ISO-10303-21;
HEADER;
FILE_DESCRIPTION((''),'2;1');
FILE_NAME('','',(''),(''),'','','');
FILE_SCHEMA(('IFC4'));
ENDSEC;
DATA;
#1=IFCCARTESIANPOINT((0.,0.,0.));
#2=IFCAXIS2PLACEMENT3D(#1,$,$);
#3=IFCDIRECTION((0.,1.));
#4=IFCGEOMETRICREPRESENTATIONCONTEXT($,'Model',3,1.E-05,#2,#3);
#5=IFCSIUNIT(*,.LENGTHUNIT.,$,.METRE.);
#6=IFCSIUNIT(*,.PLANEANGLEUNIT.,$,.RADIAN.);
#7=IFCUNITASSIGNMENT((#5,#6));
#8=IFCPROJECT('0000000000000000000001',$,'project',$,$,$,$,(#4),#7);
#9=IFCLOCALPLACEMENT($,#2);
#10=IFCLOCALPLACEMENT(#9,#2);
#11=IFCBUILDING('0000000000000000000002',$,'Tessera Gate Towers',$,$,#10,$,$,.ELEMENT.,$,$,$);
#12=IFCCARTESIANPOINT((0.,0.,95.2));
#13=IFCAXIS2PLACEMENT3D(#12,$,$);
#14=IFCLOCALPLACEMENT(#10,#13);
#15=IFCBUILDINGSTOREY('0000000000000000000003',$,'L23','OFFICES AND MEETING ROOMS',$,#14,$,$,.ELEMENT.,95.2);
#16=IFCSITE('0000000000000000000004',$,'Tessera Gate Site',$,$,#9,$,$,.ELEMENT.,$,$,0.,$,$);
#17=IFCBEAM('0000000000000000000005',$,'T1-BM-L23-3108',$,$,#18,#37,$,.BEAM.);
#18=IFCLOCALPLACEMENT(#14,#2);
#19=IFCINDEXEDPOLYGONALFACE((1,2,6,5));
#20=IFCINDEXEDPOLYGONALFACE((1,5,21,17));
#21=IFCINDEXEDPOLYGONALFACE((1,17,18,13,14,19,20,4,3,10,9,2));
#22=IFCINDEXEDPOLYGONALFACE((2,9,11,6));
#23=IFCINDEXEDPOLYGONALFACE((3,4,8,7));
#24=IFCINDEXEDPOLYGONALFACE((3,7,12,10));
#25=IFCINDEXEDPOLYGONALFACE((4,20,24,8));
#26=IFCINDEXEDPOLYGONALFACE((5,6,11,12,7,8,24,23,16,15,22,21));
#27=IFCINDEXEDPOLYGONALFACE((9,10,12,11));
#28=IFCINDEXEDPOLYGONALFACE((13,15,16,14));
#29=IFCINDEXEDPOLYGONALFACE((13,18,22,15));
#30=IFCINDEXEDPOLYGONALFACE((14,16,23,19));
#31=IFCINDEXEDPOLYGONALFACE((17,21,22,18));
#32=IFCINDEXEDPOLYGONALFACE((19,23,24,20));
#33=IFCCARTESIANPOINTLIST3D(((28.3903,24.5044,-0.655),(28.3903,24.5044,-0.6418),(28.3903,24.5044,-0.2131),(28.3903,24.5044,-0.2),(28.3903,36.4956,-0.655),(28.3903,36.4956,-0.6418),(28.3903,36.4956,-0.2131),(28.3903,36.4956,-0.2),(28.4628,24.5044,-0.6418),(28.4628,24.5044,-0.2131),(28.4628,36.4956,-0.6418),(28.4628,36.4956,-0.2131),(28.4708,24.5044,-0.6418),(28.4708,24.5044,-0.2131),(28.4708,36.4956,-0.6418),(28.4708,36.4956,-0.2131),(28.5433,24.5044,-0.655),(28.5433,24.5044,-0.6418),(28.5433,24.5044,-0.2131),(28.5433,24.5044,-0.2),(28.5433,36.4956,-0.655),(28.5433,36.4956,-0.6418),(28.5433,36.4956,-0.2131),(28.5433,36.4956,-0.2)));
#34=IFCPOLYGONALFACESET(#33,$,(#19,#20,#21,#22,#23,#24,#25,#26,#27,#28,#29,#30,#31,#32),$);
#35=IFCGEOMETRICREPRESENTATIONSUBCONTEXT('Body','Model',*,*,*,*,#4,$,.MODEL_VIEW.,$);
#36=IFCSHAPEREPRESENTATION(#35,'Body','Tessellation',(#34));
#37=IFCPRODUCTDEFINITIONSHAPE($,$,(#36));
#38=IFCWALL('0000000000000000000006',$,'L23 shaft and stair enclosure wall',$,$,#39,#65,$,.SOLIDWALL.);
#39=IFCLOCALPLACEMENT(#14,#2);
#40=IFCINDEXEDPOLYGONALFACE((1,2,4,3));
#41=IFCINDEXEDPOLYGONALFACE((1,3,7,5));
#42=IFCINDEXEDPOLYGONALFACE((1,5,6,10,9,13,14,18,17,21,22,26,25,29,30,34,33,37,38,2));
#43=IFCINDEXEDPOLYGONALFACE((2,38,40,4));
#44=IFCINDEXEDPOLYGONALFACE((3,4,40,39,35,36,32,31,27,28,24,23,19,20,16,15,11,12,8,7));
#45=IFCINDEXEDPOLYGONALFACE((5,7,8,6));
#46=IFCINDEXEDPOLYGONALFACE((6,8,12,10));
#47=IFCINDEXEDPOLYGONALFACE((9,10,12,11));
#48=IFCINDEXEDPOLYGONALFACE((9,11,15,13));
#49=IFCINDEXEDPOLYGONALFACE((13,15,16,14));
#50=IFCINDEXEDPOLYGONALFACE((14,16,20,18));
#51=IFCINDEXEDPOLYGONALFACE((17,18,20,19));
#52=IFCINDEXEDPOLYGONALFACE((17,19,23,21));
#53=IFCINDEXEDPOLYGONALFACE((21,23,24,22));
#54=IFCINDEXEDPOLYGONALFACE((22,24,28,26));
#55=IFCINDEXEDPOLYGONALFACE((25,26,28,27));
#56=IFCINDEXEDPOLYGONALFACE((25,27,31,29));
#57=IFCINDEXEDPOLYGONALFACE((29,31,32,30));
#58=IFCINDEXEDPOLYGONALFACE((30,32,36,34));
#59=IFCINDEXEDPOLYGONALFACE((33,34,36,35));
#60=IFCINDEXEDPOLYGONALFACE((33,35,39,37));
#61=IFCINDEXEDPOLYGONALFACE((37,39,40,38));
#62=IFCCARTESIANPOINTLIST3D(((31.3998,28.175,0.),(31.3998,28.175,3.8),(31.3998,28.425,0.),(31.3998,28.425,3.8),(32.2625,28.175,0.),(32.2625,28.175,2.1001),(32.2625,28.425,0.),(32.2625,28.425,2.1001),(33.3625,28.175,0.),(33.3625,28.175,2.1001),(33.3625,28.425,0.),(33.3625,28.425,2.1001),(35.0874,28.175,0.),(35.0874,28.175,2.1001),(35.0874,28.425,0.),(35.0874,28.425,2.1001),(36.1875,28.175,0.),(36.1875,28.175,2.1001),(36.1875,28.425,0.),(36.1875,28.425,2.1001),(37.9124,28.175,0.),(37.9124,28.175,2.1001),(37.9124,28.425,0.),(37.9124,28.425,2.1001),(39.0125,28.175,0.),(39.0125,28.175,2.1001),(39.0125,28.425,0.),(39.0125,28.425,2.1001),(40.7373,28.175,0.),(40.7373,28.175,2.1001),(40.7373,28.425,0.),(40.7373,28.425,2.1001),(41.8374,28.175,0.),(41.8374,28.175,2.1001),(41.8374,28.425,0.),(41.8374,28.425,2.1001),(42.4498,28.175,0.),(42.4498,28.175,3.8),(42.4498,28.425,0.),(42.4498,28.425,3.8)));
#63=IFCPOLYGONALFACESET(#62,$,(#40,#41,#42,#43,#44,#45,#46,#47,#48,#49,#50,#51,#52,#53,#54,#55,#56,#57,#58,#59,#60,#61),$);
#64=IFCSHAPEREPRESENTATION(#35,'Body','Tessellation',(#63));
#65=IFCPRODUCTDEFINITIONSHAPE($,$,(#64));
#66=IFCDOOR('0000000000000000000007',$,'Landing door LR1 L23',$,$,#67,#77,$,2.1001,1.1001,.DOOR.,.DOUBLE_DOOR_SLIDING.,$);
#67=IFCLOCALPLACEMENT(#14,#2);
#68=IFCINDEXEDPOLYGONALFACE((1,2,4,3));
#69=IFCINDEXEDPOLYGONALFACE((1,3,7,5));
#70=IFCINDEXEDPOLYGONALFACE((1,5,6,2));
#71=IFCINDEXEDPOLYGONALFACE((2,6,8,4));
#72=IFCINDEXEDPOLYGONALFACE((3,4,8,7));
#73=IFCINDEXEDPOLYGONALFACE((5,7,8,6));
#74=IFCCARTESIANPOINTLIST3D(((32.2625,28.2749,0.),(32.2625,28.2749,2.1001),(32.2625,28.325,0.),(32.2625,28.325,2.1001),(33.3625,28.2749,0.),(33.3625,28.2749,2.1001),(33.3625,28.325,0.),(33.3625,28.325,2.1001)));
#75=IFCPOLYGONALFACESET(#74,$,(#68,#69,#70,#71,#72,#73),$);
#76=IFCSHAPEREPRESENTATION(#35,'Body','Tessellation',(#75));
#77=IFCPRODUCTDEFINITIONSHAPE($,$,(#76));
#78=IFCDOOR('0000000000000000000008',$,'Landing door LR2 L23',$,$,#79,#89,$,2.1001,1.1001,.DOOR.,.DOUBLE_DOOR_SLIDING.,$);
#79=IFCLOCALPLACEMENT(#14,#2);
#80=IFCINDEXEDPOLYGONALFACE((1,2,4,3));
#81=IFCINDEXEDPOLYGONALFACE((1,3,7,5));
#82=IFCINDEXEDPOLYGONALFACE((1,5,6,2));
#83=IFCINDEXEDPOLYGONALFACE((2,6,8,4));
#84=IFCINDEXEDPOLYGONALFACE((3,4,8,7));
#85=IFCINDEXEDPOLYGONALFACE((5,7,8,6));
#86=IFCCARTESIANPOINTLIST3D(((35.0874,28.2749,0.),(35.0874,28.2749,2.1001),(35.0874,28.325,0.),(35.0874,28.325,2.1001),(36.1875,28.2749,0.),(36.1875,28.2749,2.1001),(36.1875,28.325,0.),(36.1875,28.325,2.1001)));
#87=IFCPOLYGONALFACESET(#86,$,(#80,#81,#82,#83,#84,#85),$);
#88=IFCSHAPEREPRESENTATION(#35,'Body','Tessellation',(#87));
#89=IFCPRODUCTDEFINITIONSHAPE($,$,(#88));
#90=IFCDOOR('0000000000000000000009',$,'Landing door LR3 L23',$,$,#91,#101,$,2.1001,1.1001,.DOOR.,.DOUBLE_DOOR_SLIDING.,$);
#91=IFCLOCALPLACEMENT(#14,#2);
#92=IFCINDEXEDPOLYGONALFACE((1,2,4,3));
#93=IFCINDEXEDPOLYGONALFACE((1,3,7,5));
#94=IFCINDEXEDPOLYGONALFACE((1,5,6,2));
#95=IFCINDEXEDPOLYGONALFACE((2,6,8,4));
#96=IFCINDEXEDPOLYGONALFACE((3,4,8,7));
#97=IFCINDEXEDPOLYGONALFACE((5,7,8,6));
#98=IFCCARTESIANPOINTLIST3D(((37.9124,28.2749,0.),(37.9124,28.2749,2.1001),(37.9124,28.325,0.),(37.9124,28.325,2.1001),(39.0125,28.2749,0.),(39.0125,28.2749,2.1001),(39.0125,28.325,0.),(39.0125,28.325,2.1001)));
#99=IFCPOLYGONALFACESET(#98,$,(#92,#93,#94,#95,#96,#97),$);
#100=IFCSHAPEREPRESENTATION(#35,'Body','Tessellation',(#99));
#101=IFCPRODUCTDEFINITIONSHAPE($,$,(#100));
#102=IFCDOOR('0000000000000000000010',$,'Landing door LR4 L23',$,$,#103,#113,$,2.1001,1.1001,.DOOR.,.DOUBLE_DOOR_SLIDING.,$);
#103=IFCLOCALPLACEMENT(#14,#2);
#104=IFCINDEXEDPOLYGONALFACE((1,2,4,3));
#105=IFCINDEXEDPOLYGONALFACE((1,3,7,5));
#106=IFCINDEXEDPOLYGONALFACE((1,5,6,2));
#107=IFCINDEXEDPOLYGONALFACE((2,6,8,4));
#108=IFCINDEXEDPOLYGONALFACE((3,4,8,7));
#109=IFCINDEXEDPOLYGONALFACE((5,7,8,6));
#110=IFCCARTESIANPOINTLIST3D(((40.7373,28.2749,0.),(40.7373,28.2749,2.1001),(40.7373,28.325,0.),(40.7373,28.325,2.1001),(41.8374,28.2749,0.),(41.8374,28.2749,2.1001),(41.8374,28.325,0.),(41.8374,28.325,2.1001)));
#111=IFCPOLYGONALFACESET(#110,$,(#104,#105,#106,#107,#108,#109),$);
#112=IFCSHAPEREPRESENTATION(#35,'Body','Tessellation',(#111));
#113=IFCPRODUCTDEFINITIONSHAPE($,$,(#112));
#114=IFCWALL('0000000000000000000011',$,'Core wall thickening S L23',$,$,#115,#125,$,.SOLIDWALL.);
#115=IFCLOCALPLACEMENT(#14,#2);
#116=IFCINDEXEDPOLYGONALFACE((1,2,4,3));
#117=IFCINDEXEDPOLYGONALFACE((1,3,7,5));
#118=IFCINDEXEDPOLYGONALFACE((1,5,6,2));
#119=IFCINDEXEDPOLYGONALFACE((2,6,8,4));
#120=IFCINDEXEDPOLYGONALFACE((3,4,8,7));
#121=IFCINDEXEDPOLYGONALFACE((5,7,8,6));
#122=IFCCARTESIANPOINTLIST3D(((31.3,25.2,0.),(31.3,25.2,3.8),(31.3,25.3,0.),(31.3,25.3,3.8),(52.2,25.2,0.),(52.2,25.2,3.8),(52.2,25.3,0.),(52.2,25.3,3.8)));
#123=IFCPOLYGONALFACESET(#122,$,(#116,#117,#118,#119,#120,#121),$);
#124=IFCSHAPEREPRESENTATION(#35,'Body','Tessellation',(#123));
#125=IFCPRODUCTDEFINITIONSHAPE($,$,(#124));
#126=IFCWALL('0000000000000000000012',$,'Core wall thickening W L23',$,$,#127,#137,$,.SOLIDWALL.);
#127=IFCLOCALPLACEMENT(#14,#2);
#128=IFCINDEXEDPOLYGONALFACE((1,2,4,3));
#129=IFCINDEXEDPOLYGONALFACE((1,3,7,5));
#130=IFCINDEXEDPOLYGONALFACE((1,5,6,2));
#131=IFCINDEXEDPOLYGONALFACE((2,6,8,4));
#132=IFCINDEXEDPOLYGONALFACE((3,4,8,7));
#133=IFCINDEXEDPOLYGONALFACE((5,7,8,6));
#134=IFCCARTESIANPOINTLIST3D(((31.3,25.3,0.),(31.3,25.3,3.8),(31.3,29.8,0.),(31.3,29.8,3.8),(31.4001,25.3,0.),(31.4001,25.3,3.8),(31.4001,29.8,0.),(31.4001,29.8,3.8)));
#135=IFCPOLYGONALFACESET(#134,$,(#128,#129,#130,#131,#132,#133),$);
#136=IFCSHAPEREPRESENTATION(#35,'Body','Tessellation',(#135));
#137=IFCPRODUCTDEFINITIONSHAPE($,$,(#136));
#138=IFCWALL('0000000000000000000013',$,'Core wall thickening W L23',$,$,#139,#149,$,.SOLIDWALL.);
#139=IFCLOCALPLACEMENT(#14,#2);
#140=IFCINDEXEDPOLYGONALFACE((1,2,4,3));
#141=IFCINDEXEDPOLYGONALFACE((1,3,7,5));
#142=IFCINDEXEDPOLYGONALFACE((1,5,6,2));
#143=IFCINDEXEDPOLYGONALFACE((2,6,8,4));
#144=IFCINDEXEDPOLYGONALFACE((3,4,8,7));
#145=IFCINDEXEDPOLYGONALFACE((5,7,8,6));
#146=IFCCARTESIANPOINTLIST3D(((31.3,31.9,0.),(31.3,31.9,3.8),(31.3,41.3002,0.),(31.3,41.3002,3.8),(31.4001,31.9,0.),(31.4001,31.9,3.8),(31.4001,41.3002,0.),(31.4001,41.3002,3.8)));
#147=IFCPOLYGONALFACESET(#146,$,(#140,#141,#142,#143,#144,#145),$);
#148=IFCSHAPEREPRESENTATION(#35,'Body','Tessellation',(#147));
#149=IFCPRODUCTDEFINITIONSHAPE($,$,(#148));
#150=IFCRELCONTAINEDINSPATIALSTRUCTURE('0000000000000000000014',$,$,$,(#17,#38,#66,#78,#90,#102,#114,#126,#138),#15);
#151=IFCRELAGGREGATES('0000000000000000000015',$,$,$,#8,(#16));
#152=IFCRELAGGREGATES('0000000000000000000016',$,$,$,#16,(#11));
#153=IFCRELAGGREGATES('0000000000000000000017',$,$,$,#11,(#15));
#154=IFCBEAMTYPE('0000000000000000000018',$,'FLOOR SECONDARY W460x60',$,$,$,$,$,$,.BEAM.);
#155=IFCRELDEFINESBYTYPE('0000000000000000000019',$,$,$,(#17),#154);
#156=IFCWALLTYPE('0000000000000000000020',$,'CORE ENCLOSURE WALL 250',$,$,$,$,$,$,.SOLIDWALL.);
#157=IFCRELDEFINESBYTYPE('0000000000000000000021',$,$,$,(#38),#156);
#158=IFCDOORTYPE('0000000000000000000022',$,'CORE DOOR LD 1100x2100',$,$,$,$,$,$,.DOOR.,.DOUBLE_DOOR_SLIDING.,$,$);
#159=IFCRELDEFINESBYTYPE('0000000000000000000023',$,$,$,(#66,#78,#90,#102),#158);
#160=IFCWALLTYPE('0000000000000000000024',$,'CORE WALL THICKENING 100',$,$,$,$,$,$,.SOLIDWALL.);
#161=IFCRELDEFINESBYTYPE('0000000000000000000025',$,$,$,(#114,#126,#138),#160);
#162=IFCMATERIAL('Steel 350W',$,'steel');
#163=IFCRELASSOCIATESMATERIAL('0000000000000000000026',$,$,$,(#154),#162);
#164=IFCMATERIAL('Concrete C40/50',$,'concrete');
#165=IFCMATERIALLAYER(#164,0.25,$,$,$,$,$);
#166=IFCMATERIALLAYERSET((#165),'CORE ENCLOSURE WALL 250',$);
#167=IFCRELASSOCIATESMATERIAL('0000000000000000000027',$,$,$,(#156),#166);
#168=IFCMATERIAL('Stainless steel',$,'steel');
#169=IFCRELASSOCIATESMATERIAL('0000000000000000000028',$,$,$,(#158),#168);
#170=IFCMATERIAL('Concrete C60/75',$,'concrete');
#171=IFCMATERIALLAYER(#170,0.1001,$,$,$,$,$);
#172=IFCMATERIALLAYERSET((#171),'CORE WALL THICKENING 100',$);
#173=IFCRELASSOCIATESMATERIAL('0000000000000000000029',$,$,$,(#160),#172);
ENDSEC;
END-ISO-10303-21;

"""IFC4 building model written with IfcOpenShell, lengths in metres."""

from ifc_helpers import new_model, si_unit, direction, frame, frame_2d, origin, origin_2d, place, context, subcontext, project, spatial, rectangle, i_section, extrude, source, transform, mapped, material, layer, layer_set, material_profile, profile_set, type_object, element, fill, save


model = new_model("IFC4")

# Units and contexts
model_context = context("Model", 3, precision=1e-05, world=origin(), true_north=direction((0.0, 1.0)))
body_context = subcontext(model_context, "Body", "Model", "MODEL_VIEW")
ifc_project = project(units=[si_unit("LENGTHUNIT", "METRE"), si_unit("PLANEANGLEUNIT", "RADIAN")], contexts=[model_context])

# Site, building, storey
site_placement = place(None, origin())
site = spatial("IfcSite", under=ifc_project, at=site_placement, Name="Tessera Gate Site", CompositionType="ELEMENT", RefElevation=0.0)
building_placement = place(site_placement, origin())
building = spatial("IfcBuilding", under=site, at=building_placement, Name="Tessera Gate Towers", CompositionType="ELEMENT")
storey_placement = place(building_placement, frame((0.0, 0.0, 95.2)))
storey = spatial("IfcBuildingStorey", under=building, at=storey_placement, Name="L23", Description="OFFICES AND MEETING ROOMS", CompositionType="ELEMENT", Elevation=95.2)

# Beam
ifc_material_1 = material(Name="Steel 350W", Category="steel")
ifc_material_profile = material_profile(ifc_material_1, i_section(OverallWidth=0.1531, OverallDepth=0.4551, WebThickness=0.0081, FlangeThickness=0.0132, at=origin_2d()), Name="W460x60")
ifc_profile_set = profile_set([ifc_material_profile], Name="Steel 350W")
beam_type = type_object("IfcBeamType", Name="FLOOR SECONDARY W460x60", PredefinedType="BEAM", material=ifc_profile_set)
beam_placement = place(storey_placement, frame((28.4668, 24.5044, -0.4275), z_axis=(0.0, 1.0, 0.0), x_axis=(-1.0, 0.0, 0.0)))
element("IfcBeam", 1, at=beam_placement, inside=storey, type_object=beam_type, Name="T1-BM-L23-3108", PredefinedType="BEAM", context=body_context, shape_type="SweptSolid", body=[
    extrude(i_section(OverallWidth=0.1531, OverallDepth=0.4551, WebThickness=0.0081, FlangeThickness=0.0132, at=origin_2d()), origin(), (0.0, 0.0, 1.0), 11.9912),
])

# Wall, openings, doors
ifc_material_2 = material(Name="Concrete C40/50", Category="concrete")
ifc_layer_1 = layer(ifc_material_2, 0.25)
ifc_layer_set_1 = layer_set([ifc_layer_1], Name="CORE ENCLOSURE WALL 250")
wall_type_1 = type_object("IfcWallType", Name="CORE ENCLOSURE WALL 250", PredefinedType="SOLIDWALL", material=ifc_layer_set_1)
wall_1_placement = place(storey_placement, frame((31.3999, 28.3, 0.0), z_axis=(0.0, 0.0, 1.0), x_axis=(1.0, 0.0, 0.0)))
wall_1 = element("IfcWall", 2, at=wall_1_placement, inside=storey, type_object=wall_type_1, Name="L23 shaft and stair enclosure wall", PredefinedType="SOLIDWALL", context=body_context, shape_type="SweptSolid", body=[
    extrude(rectangle(XDim=11.05, YDim=0.25, at=frame_2d((5.5249, 0.0))), origin(), (0.0, 0.0, 1.0), 3.8),
])
shared_shape_1 = source(origin(), body_context, "Body", "SweptSolid", [
    extrude(rectangle(XDim=1.1001, YDim=2.1001, at=frame_2d((0.55, 1.05))), frame((0.0, 0.135, 0.0), z_axis=(0.0, -1.0, 0.0), x_axis=(1.0, 0.0, 0.0)), (0.0, 0.0, 1.0), 0.27),
])
opening_1_placement = place(wall_1_placement, frame((0.8625, 0.0, 0.0)))
opening_1 = element("IfcOpeningElement", 3, at=opening_1_placement, cuts=wall_1, PredefinedType="OPENING", context=body_context, shape_type="MappedRepresentation", body=[
    mapped(shared_shape_1, transform((0.0, 0.0, 0.0), scale=1.0)),
])
opening_2_placement = place(wall_1_placement, frame((3.6875, 0.0, 0.0)))
opening_2 = element("IfcOpeningElement", 4, at=opening_2_placement, cuts=wall_1, PredefinedType="OPENING", context=body_context, shape_type="MappedRepresentation", body=[
    mapped(shared_shape_1, transform((0.0, 0.0, 0.0), scale=1.0)),
])
opening_3_placement = place(wall_1_placement, frame((6.5125, 0.0, 0.0)))
opening_3 = element("IfcOpeningElement", 5, at=opening_3_placement, cuts=wall_1, PredefinedType="OPENING", context=body_context, shape_type="MappedRepresentation", body=[
    mapped(shared_shape_1, transform((0.0, 0.0, 0.0), scale=1.0)),
])
opening_4_placement = place(wall_1_placement, frame((9.3374, 0.0, 0.0)))
opening_4 = element("IfcOpeningElement", 6, at=opening_4_placement, cuts=wall_1, PredefinedType="OPENING", context=body_context, shape_type="MappedRepresentation", body=[
    mapped(shared_shape_1, transform((0.0, 0.0, 0.0), scale=1.0)),
])
ifc_material_3 = material(Name="Stainless steel", Category="steel")
door_type_1 = type_object("IfcDoorType", Name="CORE DOOR LD 1100x2100", OperationType="DOUBLE_DOOR_SLIDING", PredefinedType="DOOR", material=ifc_material_3)
shared_shape_2 = source(origin(), body_context, "Body", "SweptSolid", [
    extrude(rectangle(XDim=1.1001, YDim=2.1001, at=frame_2d((0.55, 1.05))), frame((0.0, 0.0249, 0.0), z_axis=(0.0, -1.0, 0.0), x_axis=(1.0, 0.0, 0.0)), (0.0, 0.0, 1.0), 0.05),
])
door_1_placement = place(opening_1_placement, origin())
door_1 = element("IfcDoor", 7, at=door_1_placement, inside=storey, type_object=door_type_1, Name="Landing door LR1 L23", OperationType="DOUBLE_DOOR_SLIDING", OverallHeight=2.1001, OverallWidth=1.1001, PredefinedType="DOOR", context=body_context, shape_type="MappedRepresentation", body=[
    mapped(shared_shape_2, transform((0.0, 0.0, 0.0), scale=1.0)),
])
fill(opening_1, door_1)
door_2_placement = place(opening_2_placement, origin())
door_2 = element("IfcDoor", 8, at=door_2_placement, inside=storey, type_object=door_type_1, Name="Landing door LR2 L23", OperationType="DOUBLE_DOOR_SLIDING", OverallHeight=2.1001, OverallWidth=1.1001, PredefinedType="DOOR", context=body_context, shape_type="MappedRepresentation", body=[
    mapped(shared_shape_2, transform((0.0, 0.0, 0.0), scale=1.0)),
])
fill(opening_2, door_2)
door_3_placement = place(opening_3_placement, origin())
door_3 = element("IfcDoor", 9, at=door_3_placement, inside=storey, type_object=door_type_1, Name="Landing door LR3 L23", OperationType="DOUBLE_DOOR_SLIDING", OverallHeight=2.1001, OverallWidth=1.1001, PredefinedType="DOOR", context=body_context, shape_type="MappedRepresentation", body=[
    mapped(shared_shape_2, transform((0.0, 0.0, 0.0), scale=1.0)),
])
fill(opening_3, door_3)
door_4_placement = place(opening_4_placement, origin())
door_4 = element("IfcDoor", 10, at=door_4_placement, inside=storey, type_object=door_type_1, Name="Landing door LR4 L23", OperationType="DOUBLE_DOOR_SLIDING", OverallHeight=2.1001, OverallWidth=1.1001, PredefinedType="DOOR", context=body_context, shape_type="MappedRepresentation", body=[
    mapped(shared_shape_2, transform((0.0, 0.0, 0.0), scale=1.0)),
])
fill(opening_4, door_4)

# Walls
ifc_material_4 = material(Name="Concrete C60/75", Category="concrete")
ifc_layer_2 = layer(ifc_material_4, 0.1001)
ifc_layer_set_2 = layer_set([ifc_layer_2], Name="CORE WALL THICKENING 100")
wall_type_2 = type_object("IfcWallType", Name="CORE WALL THICKENING 100", PredefinedType="SOLIDWALL", material=ifc_layer_set_2)
wall_2_placement = place(storey_placement, frame((31.3, 25.25, 0.0), z_axis=(0.0, 0.0, 1.0), x_axis=(1.0, 0.0, 0.0)))
element("IfcWall", 11, at=wall_2_placement, inside=storey, type_object=wall_type_2, Name="Core wall thickening S L23", PredefinedType="SOLIDWALL", context=body_context, shape_type="SweptSolid", body=[
    extrude(rectangle(XDim=20.8999, YDim=0.1001, at=frame_2d((10.45, 0.0))), origin(), (0.0, 0.0, 1.0), 3.8),
])
wall_3_placement = place(storey_placement, frame((31.3501, 25.3, 0.0), z_axis=(0.0, 0.0, 1.0), x_axis=(0.0, 1.0, 0.0)))
element("IfcWall", 12, at=wall_3_placement, inside=storey, type_object=wall_type_2, Name="Core wall thickening W L23", PredefinedType="SOLIDWALL", context=body_context, shape_type="SweptSolid", body=[
    extrude(rectangle(XDim=4.5, YDim=0.1001, at=frame_2d((2.25, 0.0))), origin(), (0.0, 0.0, 1.0), 3.8),
])
wall_4_placement = place(storey_placement, frame((31.3501, 31.8999, 0.0), z_axis=(0.0, 0.0, 1.0), x_axis=(0.0, 1.0, 0.0)))
element("IfcWall", 13, at=wall_4_placement, inside=storey, type_object=wall_type_2, Name="Core wall thickening W L23", PredefinedType="SOLIDWALL", context=body_context, shape_type="SweptSolid", body=[
    extrude(rectangle(XDim=9.4001, YDim=0.1001, at=frame_2d((4.7002, 0.0))), origin(), (0.0, 0.0, 1.0), 3.8),
])

save(model, "model.ifc")
